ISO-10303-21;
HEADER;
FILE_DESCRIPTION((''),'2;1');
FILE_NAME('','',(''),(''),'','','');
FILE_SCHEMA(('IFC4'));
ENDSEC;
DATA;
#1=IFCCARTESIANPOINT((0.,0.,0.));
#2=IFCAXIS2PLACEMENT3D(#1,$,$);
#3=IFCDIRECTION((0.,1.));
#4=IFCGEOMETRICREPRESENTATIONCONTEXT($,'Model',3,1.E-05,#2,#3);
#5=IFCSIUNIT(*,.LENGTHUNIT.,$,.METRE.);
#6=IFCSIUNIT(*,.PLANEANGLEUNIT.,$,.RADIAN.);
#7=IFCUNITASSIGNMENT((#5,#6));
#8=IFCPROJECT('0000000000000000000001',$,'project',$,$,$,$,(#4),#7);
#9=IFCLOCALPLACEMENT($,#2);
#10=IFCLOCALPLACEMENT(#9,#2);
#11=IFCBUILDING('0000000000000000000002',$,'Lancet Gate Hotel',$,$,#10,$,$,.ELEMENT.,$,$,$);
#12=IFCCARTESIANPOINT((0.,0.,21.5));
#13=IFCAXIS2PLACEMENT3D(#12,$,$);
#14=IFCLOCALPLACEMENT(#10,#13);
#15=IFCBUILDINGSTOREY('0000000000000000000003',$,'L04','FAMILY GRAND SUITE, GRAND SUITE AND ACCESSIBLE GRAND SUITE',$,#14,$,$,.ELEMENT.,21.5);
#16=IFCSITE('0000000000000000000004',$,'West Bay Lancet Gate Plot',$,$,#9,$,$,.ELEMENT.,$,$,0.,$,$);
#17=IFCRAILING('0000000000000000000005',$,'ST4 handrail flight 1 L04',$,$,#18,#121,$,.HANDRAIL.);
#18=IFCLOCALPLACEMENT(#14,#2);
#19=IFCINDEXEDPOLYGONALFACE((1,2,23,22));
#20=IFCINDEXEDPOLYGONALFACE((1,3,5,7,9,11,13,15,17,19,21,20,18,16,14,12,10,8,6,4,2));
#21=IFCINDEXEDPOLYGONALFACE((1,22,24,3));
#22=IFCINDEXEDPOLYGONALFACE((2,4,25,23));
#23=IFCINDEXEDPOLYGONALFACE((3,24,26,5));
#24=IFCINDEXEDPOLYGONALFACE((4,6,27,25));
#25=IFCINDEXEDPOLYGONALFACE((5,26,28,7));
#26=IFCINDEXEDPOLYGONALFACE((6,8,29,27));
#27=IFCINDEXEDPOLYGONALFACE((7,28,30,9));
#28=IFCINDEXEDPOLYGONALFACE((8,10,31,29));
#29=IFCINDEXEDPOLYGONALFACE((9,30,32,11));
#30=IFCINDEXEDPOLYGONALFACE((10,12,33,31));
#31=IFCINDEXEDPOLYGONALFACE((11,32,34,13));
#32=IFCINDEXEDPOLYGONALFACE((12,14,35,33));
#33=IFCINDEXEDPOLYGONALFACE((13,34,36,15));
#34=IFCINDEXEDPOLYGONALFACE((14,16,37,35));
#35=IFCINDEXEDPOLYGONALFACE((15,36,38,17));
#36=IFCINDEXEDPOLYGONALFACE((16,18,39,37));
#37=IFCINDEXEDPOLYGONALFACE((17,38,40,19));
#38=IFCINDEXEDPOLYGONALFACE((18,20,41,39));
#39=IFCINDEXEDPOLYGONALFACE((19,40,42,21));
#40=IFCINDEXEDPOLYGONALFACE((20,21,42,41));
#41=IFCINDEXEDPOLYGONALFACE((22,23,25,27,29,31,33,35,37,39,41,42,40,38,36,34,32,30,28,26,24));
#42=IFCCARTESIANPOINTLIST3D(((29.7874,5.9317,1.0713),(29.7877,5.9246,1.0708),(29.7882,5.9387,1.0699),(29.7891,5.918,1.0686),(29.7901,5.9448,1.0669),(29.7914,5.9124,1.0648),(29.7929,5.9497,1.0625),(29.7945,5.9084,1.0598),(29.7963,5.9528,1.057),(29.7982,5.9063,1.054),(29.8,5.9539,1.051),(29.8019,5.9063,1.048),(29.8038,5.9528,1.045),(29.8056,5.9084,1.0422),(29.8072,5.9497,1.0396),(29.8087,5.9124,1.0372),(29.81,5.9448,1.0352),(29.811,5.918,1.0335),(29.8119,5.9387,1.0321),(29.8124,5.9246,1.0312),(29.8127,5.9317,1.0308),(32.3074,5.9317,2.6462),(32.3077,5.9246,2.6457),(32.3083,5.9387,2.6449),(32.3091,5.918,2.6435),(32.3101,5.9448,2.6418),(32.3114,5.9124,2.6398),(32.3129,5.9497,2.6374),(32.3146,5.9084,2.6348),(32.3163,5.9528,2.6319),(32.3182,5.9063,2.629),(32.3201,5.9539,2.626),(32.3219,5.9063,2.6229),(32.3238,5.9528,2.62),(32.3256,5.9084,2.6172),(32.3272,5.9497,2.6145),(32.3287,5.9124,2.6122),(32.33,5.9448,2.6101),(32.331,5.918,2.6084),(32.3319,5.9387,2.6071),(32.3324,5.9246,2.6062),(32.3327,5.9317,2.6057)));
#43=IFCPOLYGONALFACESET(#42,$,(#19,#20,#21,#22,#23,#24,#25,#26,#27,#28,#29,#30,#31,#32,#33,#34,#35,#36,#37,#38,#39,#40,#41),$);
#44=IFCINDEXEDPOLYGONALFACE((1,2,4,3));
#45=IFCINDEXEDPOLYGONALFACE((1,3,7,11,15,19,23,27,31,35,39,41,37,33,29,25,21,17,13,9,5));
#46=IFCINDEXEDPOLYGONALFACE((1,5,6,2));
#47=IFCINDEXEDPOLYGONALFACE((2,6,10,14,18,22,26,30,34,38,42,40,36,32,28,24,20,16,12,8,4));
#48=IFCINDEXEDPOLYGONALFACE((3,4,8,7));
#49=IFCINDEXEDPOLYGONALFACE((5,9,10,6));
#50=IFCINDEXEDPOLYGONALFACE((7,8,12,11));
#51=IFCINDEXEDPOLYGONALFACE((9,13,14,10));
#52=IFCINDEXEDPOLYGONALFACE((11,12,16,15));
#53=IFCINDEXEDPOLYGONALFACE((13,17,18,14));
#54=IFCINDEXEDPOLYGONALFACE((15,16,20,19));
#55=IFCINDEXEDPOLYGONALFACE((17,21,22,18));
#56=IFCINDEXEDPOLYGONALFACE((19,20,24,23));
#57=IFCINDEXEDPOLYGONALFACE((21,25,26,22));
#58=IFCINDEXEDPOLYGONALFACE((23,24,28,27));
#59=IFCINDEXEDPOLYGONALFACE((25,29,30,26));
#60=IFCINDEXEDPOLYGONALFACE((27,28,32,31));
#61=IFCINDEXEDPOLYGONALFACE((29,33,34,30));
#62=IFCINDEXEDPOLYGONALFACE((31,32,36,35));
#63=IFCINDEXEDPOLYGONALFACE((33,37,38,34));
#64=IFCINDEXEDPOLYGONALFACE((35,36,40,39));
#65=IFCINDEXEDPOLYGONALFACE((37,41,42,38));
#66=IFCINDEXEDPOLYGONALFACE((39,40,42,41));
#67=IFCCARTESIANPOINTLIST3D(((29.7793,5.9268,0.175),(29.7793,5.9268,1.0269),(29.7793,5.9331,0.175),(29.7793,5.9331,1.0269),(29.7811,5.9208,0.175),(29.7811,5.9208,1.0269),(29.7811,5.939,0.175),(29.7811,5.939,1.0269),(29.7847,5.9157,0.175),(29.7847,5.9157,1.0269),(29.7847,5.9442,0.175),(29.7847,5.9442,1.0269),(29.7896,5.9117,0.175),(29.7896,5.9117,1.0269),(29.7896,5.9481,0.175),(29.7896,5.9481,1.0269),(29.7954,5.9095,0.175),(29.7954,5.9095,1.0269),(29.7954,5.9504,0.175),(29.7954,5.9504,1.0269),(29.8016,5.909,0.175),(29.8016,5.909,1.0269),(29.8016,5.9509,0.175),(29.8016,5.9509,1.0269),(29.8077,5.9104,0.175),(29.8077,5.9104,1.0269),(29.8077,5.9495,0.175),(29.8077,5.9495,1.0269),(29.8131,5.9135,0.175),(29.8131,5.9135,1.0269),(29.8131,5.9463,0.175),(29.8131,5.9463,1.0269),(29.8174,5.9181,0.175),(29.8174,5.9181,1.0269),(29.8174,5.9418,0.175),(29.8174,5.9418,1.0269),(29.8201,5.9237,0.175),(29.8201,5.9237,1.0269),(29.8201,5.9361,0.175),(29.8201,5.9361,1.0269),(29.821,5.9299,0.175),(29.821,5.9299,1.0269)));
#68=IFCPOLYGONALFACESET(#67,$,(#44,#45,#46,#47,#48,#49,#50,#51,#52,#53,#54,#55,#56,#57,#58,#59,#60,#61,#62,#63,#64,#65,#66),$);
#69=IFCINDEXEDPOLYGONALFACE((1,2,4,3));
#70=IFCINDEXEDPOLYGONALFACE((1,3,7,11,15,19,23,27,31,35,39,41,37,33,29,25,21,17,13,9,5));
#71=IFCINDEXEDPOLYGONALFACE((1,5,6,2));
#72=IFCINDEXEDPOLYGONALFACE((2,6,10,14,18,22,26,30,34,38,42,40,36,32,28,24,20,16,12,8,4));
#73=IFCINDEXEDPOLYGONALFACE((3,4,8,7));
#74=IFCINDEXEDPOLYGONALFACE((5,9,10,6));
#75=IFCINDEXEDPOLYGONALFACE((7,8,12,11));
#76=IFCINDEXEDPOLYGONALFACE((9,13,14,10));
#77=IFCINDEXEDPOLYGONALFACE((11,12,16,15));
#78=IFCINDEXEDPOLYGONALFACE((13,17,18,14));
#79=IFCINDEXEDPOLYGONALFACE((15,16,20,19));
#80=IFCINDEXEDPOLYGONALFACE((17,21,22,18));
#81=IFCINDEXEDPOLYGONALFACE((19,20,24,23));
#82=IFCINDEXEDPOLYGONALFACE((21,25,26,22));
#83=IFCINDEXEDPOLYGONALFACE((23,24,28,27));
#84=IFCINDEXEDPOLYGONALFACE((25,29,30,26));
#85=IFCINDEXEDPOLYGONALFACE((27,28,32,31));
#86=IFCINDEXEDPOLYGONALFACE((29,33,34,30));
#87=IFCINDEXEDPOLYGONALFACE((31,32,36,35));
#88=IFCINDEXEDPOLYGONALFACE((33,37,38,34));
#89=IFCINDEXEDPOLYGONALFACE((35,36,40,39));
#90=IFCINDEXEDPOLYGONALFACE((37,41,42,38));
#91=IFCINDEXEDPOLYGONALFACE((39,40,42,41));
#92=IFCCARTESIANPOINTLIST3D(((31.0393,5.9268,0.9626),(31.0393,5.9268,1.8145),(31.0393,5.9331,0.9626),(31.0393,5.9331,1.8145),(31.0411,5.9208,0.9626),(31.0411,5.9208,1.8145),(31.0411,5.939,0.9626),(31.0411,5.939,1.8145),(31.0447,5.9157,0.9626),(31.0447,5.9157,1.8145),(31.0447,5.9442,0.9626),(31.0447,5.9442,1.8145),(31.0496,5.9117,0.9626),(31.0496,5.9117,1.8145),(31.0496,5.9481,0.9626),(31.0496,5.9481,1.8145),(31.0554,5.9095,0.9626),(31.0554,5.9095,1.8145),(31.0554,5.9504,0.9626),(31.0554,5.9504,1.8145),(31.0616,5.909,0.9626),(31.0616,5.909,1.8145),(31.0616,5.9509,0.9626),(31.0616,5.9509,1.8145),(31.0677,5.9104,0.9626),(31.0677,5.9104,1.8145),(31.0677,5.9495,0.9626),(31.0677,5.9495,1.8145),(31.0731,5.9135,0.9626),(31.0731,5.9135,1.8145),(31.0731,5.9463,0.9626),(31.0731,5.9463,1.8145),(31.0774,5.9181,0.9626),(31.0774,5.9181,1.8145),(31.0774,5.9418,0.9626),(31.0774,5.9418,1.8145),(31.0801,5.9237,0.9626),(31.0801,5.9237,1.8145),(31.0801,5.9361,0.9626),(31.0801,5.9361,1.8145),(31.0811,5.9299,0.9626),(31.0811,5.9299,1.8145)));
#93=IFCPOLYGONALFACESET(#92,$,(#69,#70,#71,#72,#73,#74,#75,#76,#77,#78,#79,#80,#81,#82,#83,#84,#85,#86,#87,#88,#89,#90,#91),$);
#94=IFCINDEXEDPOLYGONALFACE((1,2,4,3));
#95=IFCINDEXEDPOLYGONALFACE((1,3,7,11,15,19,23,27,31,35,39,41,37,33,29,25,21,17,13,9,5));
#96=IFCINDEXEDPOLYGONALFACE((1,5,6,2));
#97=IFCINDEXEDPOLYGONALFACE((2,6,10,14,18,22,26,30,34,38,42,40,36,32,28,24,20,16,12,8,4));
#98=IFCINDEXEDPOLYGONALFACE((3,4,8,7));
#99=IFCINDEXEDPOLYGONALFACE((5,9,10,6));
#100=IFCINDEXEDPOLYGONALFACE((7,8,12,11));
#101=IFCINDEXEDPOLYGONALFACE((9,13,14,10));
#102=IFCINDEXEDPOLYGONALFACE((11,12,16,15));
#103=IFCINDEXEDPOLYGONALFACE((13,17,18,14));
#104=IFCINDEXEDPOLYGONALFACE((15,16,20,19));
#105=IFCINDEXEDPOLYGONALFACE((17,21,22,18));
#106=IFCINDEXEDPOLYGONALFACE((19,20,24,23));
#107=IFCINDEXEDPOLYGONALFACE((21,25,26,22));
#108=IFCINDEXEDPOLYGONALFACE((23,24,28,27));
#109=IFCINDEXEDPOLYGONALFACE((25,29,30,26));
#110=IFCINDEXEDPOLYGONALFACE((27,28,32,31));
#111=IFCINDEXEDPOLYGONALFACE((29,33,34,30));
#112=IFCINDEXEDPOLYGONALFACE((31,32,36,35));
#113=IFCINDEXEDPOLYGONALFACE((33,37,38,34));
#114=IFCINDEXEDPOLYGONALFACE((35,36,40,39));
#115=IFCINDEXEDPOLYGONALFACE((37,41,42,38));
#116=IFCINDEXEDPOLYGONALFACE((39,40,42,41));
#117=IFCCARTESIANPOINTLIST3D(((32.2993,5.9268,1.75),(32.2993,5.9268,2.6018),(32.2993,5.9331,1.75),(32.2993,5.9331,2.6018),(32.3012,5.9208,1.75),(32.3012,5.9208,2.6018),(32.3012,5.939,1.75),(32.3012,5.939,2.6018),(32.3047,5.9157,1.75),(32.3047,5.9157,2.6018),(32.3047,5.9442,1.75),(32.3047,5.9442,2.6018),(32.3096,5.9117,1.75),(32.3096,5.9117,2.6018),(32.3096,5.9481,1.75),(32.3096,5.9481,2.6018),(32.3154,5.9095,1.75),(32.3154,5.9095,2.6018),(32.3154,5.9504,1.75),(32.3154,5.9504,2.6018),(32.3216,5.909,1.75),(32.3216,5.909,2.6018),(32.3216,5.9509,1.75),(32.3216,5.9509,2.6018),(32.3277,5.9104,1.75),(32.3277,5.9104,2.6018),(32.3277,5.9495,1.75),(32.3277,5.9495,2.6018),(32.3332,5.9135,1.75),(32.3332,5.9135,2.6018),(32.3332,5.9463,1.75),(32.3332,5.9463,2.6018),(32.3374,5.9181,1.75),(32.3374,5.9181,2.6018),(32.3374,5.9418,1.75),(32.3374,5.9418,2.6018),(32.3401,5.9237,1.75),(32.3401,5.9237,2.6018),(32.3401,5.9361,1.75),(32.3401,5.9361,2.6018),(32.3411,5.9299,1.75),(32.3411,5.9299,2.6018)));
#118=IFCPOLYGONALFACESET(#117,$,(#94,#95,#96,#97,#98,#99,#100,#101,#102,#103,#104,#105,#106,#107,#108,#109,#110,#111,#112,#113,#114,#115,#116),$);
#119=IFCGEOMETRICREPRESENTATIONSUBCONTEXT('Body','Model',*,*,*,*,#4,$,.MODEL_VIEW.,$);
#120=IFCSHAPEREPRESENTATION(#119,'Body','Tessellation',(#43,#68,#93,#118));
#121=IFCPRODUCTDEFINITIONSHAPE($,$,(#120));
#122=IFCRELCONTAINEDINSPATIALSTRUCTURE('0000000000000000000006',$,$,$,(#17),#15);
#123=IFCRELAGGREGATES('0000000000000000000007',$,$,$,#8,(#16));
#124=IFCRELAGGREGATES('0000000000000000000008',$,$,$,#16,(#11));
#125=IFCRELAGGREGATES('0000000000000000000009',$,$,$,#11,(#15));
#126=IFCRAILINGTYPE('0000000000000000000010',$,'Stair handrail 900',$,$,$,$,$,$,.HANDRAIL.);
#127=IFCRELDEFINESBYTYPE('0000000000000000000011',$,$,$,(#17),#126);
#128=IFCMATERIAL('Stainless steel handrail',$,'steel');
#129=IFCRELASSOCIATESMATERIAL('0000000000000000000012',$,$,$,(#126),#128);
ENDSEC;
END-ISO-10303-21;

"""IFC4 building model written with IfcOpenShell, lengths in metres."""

from ifc_helpers import new_model, si_unit, direction, frame, origin, origin_2d, place, context, subcontext, project, spatial, circle, extrude, material, type_object, element, save


model = new_model("IFC4")

# Units and contexts
model_context = context("Model", 3, precision=1e-05, world=origin(), true_north=direction((0.0, 1.0)))
body_context = subcontext(model_context, "Body", "Model", "MODEL_VIEW")
ifc_project = project(units=[si_unit("LENGTHUNIT", "METRE"), si_unit("PLANEANGLEUNIT", "RADIAN")], contexts=[model_context])

# Site, building, storey
site_placement = place(None, origin())
site = spatial("IfcSite", under=ifc_project, at=site_placement, Name="West Bay Lancet Gate Plot", CompositionType="ELEMENT", RefElevation=0.0)
building_placement = place(site_placement, origin())
building = spatial("IfcBuilding", under=site, at=building_placement, Name="Lancet Gate Hotel", CompositionType="ELEMENT")
storey_placement = place(building_placement, frame((0.0, 0.0, 21.5)))
storey = spatial("IfcBuildingStorey", under=building, at=storey_placement, Name="L04", Description="FAMILY GRAND SUITE, GRAND SUITE AND ACCESSIBLE GRAND SUITE", CompositionType="ELEMENT", Elevation=21.5)

# Railing
ifc_material_1 = material(Name="Stainless steel handrail", Category="steel")
railing_type = type_object("IfcRailingType", Name="Stair handrail 900", PredefinedType="HANDRAIL", material=ifc_material_1)
railing_1_placement = place(storey_placement, frame((29.8, 5.9299, 0.175)))
element("IfcRailing", 1, at=railing_1_placement, inside=storey, type_object=railing_type, Name="ST4 handrail flight 1 L04", PredefinedType="HANDRAIL", context=body_context, shape_type="SweptSolid", body=[
    extrude(circle(Radius=0.0239, at=origin_2d()), frame((0.0, 0.0, 0.876), z_axis=(0.848008, 0.0, 0.529984), x_axis=(0.0, 1.0, 0.0)), (0.0, 0.0, 1.0), 2.9717),
    extrude(circle(Radius=0.021, at=origin_2d()), origin(), (0.0, 0.0, 1.0), 0.8518),
    extrude(circle(Radius=0.021, at=origin_2d()), frame((1.26, 0.0, 0.7876)), (0.0, 0.0, 1.0), 0.8518),
    extrude(circle(Radius=0.021, at=origin_2d()), frame((2.52, 0.0, 1.575)), (0.0, 0.0, 1.0), 0.8518),
])

save(model, "model.ifc")
